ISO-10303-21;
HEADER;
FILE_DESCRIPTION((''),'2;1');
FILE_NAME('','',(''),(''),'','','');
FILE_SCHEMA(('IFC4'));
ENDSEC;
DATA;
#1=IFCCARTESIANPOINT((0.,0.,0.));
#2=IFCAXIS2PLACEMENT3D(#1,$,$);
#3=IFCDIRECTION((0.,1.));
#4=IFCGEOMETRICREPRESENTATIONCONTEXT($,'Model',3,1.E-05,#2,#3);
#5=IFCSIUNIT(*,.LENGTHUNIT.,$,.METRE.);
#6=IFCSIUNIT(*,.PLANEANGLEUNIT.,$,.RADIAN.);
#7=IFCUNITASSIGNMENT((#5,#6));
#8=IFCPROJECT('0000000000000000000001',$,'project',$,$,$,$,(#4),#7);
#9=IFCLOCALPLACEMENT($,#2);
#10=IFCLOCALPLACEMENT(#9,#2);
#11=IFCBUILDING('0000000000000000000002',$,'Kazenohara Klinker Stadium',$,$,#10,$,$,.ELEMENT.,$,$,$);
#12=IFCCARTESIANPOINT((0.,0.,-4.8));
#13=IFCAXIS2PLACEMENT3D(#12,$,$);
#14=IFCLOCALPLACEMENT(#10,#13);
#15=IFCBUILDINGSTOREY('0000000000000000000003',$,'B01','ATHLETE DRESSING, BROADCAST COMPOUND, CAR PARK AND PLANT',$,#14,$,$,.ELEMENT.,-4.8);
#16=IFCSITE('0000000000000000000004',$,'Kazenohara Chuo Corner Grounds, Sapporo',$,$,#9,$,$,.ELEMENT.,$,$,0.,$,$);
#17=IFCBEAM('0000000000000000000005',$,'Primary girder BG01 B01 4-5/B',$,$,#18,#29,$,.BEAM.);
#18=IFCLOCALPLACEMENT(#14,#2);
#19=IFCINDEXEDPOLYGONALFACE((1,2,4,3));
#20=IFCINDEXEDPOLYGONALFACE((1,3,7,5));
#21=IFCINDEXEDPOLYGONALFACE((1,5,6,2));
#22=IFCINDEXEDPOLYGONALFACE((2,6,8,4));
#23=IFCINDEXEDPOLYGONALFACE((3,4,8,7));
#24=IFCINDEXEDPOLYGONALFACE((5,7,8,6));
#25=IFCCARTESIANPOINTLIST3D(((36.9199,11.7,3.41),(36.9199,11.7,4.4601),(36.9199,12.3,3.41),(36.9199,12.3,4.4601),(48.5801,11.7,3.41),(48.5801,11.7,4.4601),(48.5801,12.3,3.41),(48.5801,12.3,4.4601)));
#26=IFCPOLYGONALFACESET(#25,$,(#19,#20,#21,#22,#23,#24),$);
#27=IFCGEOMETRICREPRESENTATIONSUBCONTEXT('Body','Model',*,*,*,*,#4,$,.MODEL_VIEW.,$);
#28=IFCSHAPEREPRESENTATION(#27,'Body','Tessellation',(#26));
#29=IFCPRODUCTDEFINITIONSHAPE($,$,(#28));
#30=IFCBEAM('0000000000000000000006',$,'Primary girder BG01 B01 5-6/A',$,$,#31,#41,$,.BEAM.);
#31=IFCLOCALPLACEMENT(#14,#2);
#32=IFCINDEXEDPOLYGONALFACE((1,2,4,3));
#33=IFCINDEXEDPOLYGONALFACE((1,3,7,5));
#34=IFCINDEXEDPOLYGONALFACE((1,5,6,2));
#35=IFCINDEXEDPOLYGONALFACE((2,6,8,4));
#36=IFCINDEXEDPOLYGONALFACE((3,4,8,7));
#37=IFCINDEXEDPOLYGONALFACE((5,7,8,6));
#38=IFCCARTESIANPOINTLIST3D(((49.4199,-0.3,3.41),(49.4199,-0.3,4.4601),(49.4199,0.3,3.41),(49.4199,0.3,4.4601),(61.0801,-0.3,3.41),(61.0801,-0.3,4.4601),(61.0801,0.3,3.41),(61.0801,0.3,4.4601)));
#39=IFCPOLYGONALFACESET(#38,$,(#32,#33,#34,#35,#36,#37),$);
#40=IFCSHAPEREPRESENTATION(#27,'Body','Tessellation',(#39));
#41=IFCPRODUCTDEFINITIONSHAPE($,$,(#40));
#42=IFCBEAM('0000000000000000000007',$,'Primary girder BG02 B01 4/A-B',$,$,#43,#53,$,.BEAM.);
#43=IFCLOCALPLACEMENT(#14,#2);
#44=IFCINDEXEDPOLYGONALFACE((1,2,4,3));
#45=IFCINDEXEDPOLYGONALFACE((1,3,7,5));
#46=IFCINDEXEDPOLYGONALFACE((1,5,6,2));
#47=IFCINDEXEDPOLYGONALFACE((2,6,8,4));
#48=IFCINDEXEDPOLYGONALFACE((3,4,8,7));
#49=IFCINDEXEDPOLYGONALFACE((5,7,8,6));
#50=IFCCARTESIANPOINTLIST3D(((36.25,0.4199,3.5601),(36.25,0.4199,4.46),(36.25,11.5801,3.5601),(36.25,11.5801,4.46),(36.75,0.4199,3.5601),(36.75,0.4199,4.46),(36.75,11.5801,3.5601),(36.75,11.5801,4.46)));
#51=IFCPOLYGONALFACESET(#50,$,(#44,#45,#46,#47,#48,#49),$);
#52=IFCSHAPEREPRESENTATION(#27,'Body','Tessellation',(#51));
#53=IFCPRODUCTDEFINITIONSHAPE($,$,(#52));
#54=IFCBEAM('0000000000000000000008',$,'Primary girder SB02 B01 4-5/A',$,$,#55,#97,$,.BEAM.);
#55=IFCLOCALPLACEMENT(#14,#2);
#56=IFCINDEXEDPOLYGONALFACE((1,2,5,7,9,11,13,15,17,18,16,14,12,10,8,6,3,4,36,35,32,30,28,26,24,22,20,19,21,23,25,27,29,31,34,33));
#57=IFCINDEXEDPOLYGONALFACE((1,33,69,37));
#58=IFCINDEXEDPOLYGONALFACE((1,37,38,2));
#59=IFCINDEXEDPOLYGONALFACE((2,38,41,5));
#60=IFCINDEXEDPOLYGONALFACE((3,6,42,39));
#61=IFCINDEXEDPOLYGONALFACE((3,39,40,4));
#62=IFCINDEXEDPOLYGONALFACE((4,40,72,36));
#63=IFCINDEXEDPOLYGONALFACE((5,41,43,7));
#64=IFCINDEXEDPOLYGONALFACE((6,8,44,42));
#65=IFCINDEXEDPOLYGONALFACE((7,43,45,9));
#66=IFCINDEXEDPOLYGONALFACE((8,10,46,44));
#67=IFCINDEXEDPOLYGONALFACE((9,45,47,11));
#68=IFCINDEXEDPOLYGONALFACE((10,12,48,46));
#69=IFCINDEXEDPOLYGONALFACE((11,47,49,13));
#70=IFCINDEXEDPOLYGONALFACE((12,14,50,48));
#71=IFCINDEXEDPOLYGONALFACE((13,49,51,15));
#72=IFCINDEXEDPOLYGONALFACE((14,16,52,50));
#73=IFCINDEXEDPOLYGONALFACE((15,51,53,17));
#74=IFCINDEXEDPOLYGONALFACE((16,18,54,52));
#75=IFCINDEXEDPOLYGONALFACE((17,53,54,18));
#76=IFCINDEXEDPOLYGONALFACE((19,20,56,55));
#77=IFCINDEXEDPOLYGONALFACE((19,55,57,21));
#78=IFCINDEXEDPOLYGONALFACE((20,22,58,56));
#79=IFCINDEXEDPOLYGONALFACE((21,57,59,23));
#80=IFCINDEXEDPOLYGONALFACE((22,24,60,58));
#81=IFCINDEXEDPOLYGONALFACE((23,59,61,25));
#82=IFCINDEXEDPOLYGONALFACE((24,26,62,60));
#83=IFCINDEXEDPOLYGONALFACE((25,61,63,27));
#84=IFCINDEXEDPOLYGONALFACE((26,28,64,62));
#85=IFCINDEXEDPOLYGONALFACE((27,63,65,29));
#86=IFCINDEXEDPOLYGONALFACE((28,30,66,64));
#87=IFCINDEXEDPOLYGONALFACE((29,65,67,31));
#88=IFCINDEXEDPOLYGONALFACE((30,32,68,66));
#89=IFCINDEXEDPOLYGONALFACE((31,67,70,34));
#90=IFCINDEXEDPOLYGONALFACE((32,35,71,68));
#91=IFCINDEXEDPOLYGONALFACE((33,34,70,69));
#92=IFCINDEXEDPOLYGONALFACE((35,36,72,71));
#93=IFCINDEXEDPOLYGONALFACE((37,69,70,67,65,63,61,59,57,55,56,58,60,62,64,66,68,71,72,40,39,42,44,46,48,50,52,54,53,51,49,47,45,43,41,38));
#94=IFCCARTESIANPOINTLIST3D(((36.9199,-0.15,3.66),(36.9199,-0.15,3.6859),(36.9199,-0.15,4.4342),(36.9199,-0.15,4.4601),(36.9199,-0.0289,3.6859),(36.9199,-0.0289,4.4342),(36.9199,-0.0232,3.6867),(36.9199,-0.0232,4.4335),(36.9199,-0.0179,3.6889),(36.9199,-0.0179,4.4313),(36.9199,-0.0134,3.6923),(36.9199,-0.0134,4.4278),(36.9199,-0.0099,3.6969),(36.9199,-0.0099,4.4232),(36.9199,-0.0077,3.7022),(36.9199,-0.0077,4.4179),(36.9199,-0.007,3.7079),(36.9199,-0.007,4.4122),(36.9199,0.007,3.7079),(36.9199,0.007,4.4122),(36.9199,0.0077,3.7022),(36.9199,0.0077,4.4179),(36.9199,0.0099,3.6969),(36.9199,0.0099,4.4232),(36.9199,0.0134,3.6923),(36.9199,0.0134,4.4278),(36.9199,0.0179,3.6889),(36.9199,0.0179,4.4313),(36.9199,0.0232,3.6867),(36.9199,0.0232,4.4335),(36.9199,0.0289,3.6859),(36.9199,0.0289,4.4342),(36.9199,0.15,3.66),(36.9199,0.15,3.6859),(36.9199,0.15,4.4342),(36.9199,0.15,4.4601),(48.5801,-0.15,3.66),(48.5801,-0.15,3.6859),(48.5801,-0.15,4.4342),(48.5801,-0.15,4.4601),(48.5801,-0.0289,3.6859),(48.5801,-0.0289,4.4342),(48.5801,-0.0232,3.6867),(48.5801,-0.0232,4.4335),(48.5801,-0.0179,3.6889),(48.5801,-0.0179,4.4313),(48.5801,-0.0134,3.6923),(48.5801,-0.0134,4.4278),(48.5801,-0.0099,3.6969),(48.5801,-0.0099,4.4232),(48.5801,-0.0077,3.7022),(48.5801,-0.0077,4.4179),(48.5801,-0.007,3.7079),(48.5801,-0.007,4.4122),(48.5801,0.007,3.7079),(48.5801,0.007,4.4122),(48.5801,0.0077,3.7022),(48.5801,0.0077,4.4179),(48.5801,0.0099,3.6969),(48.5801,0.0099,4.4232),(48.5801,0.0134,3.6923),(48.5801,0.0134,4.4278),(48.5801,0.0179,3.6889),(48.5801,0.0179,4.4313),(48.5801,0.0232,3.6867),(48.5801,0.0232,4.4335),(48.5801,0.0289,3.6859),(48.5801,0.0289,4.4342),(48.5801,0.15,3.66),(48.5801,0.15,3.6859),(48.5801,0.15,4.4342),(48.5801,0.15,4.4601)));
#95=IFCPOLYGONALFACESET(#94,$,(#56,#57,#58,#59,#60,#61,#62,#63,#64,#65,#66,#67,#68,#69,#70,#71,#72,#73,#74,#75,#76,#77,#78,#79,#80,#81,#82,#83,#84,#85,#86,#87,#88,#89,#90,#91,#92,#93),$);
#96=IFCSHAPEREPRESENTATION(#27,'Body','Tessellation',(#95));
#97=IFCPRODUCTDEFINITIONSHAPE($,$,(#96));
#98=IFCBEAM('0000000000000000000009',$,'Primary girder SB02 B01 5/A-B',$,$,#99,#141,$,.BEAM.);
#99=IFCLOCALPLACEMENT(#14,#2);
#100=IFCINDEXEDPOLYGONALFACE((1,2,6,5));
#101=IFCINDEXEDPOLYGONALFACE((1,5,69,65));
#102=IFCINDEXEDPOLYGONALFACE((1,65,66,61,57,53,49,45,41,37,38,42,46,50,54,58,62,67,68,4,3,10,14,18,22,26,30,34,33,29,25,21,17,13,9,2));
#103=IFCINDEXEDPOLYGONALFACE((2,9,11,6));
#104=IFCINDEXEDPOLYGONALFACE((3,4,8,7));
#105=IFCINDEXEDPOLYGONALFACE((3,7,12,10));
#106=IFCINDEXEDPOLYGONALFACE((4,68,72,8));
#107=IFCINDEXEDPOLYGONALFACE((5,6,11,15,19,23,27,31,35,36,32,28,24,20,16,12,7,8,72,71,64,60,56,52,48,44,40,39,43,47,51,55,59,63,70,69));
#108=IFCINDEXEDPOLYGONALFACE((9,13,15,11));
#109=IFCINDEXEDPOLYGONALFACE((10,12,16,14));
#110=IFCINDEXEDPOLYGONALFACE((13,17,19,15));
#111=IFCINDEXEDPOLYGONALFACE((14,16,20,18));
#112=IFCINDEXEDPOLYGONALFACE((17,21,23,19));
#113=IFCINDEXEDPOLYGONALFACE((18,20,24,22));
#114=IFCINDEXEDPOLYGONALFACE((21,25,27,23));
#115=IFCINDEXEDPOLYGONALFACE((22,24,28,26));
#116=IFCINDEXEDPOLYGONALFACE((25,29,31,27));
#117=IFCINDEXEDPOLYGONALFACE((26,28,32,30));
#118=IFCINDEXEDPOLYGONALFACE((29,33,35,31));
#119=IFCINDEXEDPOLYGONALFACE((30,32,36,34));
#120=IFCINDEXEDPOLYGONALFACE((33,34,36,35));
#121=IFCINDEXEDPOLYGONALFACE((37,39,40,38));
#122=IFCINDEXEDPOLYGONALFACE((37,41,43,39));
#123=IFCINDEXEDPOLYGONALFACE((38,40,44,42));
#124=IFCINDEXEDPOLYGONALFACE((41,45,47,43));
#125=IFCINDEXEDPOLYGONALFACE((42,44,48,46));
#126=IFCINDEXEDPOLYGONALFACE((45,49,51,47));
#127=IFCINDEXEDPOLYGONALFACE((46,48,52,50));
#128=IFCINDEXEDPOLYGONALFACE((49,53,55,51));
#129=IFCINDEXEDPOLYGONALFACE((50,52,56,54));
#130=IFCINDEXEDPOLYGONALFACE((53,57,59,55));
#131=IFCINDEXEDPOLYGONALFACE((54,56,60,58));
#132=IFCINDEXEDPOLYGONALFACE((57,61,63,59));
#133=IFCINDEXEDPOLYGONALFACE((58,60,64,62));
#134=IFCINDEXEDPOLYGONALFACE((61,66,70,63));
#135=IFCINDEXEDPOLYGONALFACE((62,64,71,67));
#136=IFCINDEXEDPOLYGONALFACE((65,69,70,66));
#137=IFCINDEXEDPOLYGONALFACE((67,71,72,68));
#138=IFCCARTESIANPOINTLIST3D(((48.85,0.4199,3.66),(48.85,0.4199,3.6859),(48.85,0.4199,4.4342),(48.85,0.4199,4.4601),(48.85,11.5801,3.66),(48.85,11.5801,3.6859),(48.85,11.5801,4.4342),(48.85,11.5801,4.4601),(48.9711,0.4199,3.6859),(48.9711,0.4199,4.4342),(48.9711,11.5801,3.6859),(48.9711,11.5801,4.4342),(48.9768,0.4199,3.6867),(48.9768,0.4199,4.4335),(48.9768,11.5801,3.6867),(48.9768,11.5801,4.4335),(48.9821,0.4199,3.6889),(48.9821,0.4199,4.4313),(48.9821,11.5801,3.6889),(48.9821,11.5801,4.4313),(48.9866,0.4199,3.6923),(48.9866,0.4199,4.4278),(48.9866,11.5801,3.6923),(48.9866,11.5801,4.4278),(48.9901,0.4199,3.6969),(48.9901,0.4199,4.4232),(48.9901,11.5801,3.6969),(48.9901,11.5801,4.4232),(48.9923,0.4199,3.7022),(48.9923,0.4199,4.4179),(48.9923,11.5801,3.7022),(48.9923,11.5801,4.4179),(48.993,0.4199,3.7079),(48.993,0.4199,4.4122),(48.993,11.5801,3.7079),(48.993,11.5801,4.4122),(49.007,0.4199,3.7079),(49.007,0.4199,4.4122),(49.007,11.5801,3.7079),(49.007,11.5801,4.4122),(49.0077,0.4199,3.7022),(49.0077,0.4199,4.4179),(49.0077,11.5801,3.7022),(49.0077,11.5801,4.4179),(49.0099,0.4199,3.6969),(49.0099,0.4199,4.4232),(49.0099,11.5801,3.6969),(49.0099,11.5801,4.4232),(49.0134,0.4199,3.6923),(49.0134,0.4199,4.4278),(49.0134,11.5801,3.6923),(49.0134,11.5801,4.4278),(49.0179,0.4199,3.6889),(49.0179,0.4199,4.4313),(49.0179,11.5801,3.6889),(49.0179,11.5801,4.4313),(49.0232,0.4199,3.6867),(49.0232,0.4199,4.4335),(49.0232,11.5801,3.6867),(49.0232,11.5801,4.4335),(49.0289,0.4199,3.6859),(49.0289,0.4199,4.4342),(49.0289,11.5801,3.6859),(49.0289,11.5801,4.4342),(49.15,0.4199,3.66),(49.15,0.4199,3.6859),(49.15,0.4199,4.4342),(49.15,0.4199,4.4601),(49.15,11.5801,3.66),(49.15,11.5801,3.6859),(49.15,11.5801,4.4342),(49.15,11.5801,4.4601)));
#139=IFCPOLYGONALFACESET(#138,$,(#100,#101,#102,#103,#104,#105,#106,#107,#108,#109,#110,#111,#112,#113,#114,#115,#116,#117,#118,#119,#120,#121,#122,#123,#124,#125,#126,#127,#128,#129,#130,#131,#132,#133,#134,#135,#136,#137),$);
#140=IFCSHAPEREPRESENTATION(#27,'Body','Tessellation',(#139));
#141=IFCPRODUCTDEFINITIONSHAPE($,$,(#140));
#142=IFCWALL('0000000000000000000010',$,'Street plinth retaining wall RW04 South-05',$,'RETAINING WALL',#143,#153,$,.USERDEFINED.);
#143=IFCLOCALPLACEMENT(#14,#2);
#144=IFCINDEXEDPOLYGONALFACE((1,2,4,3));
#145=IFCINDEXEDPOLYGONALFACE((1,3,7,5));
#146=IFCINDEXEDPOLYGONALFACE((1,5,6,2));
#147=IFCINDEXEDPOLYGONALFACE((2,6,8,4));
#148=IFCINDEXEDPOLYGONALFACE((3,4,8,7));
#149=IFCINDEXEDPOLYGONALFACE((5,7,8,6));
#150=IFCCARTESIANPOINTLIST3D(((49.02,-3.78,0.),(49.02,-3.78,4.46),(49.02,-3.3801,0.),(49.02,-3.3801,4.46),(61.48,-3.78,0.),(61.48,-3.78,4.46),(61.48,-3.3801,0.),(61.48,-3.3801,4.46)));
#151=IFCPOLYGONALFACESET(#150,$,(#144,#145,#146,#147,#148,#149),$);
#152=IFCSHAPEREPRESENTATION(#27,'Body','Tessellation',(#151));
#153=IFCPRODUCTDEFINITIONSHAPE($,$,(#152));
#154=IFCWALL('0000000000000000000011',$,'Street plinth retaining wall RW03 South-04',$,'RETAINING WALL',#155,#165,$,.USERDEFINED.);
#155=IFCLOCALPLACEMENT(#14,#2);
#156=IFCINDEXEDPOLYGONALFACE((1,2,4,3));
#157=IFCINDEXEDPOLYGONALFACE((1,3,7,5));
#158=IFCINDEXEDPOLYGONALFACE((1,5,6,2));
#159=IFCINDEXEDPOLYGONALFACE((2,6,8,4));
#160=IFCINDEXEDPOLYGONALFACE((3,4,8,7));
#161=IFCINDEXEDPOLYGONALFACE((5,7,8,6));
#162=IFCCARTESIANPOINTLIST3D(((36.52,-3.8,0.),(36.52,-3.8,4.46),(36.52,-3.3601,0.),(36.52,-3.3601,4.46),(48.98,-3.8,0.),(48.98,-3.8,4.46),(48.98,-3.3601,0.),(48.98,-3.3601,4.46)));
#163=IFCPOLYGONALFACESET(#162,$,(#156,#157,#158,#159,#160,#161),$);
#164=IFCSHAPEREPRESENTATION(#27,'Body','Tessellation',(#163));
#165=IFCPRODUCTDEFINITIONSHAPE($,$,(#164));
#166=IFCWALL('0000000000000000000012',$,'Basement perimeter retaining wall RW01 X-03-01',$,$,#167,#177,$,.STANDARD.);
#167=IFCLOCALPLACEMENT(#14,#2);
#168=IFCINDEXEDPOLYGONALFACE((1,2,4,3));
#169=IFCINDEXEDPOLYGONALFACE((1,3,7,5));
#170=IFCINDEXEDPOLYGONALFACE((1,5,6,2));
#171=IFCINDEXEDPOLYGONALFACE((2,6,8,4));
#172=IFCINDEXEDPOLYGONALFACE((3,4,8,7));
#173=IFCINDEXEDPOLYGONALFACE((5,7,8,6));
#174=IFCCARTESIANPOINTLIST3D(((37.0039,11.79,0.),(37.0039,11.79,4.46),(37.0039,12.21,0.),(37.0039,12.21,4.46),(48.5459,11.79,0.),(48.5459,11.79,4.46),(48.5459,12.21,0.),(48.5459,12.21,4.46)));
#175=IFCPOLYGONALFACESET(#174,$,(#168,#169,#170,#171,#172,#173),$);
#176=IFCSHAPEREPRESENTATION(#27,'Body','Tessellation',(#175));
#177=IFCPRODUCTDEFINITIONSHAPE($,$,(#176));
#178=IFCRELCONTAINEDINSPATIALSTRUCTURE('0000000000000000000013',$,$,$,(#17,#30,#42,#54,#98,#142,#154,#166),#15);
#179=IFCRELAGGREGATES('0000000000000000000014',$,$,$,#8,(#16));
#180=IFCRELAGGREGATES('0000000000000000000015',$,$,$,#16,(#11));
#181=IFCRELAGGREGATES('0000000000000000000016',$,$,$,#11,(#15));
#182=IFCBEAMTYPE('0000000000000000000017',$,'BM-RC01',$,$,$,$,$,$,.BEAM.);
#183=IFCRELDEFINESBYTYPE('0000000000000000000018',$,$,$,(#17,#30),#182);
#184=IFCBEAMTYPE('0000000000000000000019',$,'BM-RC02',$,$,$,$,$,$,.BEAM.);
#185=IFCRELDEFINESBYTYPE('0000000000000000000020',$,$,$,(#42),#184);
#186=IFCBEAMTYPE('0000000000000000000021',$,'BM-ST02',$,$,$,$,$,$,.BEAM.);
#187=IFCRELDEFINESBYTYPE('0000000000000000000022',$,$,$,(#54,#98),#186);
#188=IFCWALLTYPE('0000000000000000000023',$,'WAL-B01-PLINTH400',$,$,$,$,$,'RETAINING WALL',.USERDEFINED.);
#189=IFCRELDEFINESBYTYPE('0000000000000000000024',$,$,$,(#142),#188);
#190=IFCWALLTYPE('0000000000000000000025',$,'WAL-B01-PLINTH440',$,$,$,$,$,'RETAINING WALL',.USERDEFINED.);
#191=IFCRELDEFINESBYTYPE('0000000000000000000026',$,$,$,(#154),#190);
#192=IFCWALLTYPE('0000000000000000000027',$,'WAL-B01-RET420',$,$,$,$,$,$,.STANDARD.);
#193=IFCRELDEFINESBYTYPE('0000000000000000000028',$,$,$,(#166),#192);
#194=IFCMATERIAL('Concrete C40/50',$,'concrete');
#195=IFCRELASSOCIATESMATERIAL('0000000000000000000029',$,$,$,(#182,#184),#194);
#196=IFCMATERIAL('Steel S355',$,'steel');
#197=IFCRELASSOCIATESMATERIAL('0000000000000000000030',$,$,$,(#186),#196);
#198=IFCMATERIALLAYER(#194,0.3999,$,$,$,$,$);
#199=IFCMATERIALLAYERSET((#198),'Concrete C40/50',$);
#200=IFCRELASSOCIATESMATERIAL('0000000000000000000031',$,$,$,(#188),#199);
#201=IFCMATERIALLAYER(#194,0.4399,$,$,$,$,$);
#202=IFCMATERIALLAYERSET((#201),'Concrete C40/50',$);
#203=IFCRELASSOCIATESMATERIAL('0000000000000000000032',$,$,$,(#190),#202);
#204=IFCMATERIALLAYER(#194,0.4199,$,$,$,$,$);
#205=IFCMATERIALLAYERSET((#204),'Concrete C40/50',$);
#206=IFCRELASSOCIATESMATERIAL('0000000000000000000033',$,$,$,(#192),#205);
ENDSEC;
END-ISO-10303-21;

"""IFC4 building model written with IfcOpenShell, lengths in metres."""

from ifc_helpers import new_model, si_unit, direction, frame, frame_2d, origin, origin_2d, place, context, subcontext, project, spatial, rectangle, i_section, extrude, material, layer, layer_set, material_profile, profile_set, type_object, element, save


model = new_model("IFC4")

# Units and contexts
model_context = context("Model", 3, precision=1e-05, world=origin(), true_north=direction((0.0, 1.0)))
body_context = subcontext(model_context, "Body", "Model", "MODEL_VIEW")
ifc_project = project(units=[si_unit("LENGTHUNIT", "METRE"), si_unit("PLANEANGLEUNIT", "RADIAN")], contexts=[model_context])

# Site, building, storey
site_placement = place(None, origin())
site = spatial("IfcSite", under=ifc_project, at=site_placement, Name="Kazenohara Chuo Corner Grounds, Sapporo", CompositionType="ELEMENT", RefElevation=0.0)
building_placement = place(site_placement, origin())
building = spatial("IfcBuilding", under=site, at=building_placement, Name="Kazenohara Klinker Stadium", CompositionType="ELEMENT")
storey_placement = place(building_placement, frame((0.0, 0.0, -4.8)))
storey = spatial("IfcBuildingStorey", under=building, at=storey_placement, Name="B01", Description="ATHLETE DRESSING, BROADCAST COMPOUND, CAR PARK AND PLANT", CompositionType="ELEMENT", Elevation=-4.8)

# Shared definitions
ifc_material_1 = material(Name="Concrete C40/50", Category="concrete")

# Beams
ifc_material_2 = material(Name="Steel S355", Category="steel")
ifc_material_profile_1 = material_profile(ifc_material_1, rectangle(XDim=0.6001, YDim=1.05, at=origin_2d()), Name="RC-BM-600x1050")
ifc_profile_set_1 = profile_set([ifc_material_profile_1], Name="Concrete C40/50")
beam_type_1 = type_object("IfcBeamType", Name="BM-RC01", PredefinedType="BEAM", material=ifc_profile_set_1)
for number, where, z_axis, x_axis, name in (
    (1, (36.9199, 12.0, 3.9351), (1.0, 0.0, 0.0), (0.0, 1.0, 0.0), "Primary girder BG01 B01 4-5/B"),
    (2, (49.4199, 0.0, 3.9351), (1.0, 0.0, 0.0), (0.0, 1.0, 0.0), "Primary girder BG01 B01 5-6/A"),
):
    element("IfcBeam", number, at=place(storey_placement, frame(where, z_axis=z_axis, x_axis=x_axis)), inside=storey, type_object=beam_type_1, Name=name, PredefinedType="BEAM", context=body_context, shape_type="SweptSolid", body=[
        extrude(rectangle(XDim=0.6001, YDim=1.05, at=origin_2d()), origin(), (0.0, 0.0, 1.0), 11.6602),
    ])
ifc_material_profile_2 = material_profile(ifc_material_1, rectangle(XDim=0.5, YDim=0.8999, at=origin_2d()), Name="RC-BM-500x900")
ifc_profile_set_2 = profile_set([ifc_material_profile_2], Name="Concrete C40/50")
beam_type_2 = type_object("IfcBeamType", Name="BM-RC02", PredefinedType="BEAM", material=ifc_profile_set_2)
beam_1_placement = place(storey_placement, frame((36.5, 0.4199, 4.01), z_axis=(0.0, 1.0, 0.0), x_axis=(-1.0, 0.0, 0.0)))
element("IfcBeam", 3, at=beam_1_placement, inside=storey, type_object=beam_type_2, Name="Primary girder BG02 B01 4/A-B", PredefinedType="BEAM", context=body_context, shape_type="SweptSolid", body=[
    extrude(rectangle(XDim=0.5, YDim=0.8999, at=origin_2d()), origin(), (0.0, 0.0, 1.0), 11.1602),
])
ifc_material_profile_3 = material_profile(ifc_material_2, i_section(OverallWidth=0.3, OverallDepth=0.8, WebThickness=0.0139, FlangeThickness=0.0259, FilletRadius=0.022, at=origin_2d()), Name="H-800x300x14x26")
ifc_profile_set_3 = profile_set([ifc_material_profile_3], Name="Steel S355")
beam_type_3 = type_object("IfcBeamType", Name="BM-ST02", PredefinedType="BEAM", material=ifc_profile_set_3)
beam_2_placement = place(storey_placement, frame((36.9199, 0.0, 4.0601), z_axis=(1.0, 0.0, 0.0), x_axis=(0.0, 1.0, 0.0)))
element("IfcBeam", 4, at=beam_2_placement, inside=storey, type_object=beam_type_3, Name="Primary girder SB02 B01 4-5/A", PredefinedType="BEAM", context=body_context, shape_type="SweptSolid", body=[
    extrude(i_section(OverallWidth=0.3, OverallDepth=0.8, WebThickness=0.0139, FlangeThickness=0.0259, FilletRadius=0.022, at=origin_2d()), origin(), (0.0, 0.0, 1.0), 11.6602),
])
beam_3_placement = place(storey_placement, frame((49.0, 0.4199, 4.0601), z_axis=(0.0, 1.0, 0.0), x_axis=(-1.0, 0.0, 0.0)))
element("IfcBeam", 5, at=beam_3_placement, inside=storey, type_object=beam_type_3, Name="Primary girder SB02 B01 5/A-B", PredefinedType="BEAM", context=body_context, shape_type="SweptSolid", body=[
    extrude(i_section(OverallWidth=0.3, OverallDepth=0.8, WebThickness=0.0139, FlangeThickness=0.0259, FilletRadius=0.022, at=origin_2d()), origin(), (0.0, 0.0, 1.0), 11.1602),
])

# Walls
ifc_layer_1 = layer(ifc_material_1, 0.3999)
ifc_layer_set_1 = layer_set([ifc_layer_1], Name="Concrete C40/50")
wall_type_1 = type_object("IfcWallType", Name="WAL-B01-PLINTH400", ElementType="RETAINING WALL", PredefinedType="USERDEFINED", material=ifc_layer_set_1)
wall_1_placement = place(storey_placement, frame((49.02, -3.5801, 0.0), z_axis=(0.0, 0.0, 1.0), x_axis=(1.0, 0.0, 0.0)))
element("IfcWall", 6, at=wall_1_placement, inside=storey, type_object=wall_type_1, Name="Street plinth retaining wall RW04 South-05", ObjectType="RETAINING WALL", PredefinedType="USERDEFINED", context=body_context, shape_type="SweptSolid", body=[
    extrude(rectangle(XDim=12.46, YDim=0.3999, at=frame_2d((6.23, 0.0))), origin(), (0.0, 0.0, 1.0), 4.46),
])
ifc_layer_2 = layer(ifc_material_1, 0.4399)
ifc_layer_set_2 = layer_set([ifc_layer_2], Name="Concrete C40/50")
wall_type_2 = type_object("IfcWallType", Name="WAL-B01-PLINTH440", ElementType="RETAINING WALL", PredefinedType="USERDEFINED", material=ifc_layer_set_2)
wall_2_placement = place(storey_placement, frame((36.52, -3.5801, 0.0), z_axis=(0.0, 0.0, 1.0), x_axis=(1.0, 0.0, 0.0)))
element("IfcWall", 7, at=wall_2_placement, inside=storey, type_object=wall_type_2, Name="Street plinth retaining wall RW03 South-04", ObjectType="RETAINING WALL", PredefinedType="USERDEFINED", context=body_context, shape_type="SweptSolid", body=[
    extrude(rectangle(XDim=12.46, YDim=0.4399, at=frame_2d((6.23, 0.0))), origin(), (0.0, 0.0, 1.0), 4.46),
])
ifc_layer_3 = layer(ifc_material_1, 0.4199)
ifc_layer_set_3 = layer_set([ifc_layer_3], Name="Concrete C40/50")
wall_type_3 = type_object("IfcWallType", Name="WAL-B01-RET420", PredefinedType="STANDARD", material=ifc_layer_set_3)
wall_3_placement = place(storey_placement, frame((37.0039, 12.0, 0.0), z_axis=(0.0, 0.0, 1.0), x_axis=(1.0, 0.0, 0.0)))
element("IfcWall", 8, at=wall_3_placement, inside=storey, type_object=wall_type_3, Name="Basement perimeter retaining wall RW01 X-03-01", PredefinedType="STANDARD", context=body_context, shape_type="SweptSolid", body=[
    extrude(rectangle(XDim=11.542, YDim=0.4199, at=frame_2d((5.771, 0.0))), origin(), (0.0, 0.0, 1.0), 4.46),
])

save(model, "model.ifc")
